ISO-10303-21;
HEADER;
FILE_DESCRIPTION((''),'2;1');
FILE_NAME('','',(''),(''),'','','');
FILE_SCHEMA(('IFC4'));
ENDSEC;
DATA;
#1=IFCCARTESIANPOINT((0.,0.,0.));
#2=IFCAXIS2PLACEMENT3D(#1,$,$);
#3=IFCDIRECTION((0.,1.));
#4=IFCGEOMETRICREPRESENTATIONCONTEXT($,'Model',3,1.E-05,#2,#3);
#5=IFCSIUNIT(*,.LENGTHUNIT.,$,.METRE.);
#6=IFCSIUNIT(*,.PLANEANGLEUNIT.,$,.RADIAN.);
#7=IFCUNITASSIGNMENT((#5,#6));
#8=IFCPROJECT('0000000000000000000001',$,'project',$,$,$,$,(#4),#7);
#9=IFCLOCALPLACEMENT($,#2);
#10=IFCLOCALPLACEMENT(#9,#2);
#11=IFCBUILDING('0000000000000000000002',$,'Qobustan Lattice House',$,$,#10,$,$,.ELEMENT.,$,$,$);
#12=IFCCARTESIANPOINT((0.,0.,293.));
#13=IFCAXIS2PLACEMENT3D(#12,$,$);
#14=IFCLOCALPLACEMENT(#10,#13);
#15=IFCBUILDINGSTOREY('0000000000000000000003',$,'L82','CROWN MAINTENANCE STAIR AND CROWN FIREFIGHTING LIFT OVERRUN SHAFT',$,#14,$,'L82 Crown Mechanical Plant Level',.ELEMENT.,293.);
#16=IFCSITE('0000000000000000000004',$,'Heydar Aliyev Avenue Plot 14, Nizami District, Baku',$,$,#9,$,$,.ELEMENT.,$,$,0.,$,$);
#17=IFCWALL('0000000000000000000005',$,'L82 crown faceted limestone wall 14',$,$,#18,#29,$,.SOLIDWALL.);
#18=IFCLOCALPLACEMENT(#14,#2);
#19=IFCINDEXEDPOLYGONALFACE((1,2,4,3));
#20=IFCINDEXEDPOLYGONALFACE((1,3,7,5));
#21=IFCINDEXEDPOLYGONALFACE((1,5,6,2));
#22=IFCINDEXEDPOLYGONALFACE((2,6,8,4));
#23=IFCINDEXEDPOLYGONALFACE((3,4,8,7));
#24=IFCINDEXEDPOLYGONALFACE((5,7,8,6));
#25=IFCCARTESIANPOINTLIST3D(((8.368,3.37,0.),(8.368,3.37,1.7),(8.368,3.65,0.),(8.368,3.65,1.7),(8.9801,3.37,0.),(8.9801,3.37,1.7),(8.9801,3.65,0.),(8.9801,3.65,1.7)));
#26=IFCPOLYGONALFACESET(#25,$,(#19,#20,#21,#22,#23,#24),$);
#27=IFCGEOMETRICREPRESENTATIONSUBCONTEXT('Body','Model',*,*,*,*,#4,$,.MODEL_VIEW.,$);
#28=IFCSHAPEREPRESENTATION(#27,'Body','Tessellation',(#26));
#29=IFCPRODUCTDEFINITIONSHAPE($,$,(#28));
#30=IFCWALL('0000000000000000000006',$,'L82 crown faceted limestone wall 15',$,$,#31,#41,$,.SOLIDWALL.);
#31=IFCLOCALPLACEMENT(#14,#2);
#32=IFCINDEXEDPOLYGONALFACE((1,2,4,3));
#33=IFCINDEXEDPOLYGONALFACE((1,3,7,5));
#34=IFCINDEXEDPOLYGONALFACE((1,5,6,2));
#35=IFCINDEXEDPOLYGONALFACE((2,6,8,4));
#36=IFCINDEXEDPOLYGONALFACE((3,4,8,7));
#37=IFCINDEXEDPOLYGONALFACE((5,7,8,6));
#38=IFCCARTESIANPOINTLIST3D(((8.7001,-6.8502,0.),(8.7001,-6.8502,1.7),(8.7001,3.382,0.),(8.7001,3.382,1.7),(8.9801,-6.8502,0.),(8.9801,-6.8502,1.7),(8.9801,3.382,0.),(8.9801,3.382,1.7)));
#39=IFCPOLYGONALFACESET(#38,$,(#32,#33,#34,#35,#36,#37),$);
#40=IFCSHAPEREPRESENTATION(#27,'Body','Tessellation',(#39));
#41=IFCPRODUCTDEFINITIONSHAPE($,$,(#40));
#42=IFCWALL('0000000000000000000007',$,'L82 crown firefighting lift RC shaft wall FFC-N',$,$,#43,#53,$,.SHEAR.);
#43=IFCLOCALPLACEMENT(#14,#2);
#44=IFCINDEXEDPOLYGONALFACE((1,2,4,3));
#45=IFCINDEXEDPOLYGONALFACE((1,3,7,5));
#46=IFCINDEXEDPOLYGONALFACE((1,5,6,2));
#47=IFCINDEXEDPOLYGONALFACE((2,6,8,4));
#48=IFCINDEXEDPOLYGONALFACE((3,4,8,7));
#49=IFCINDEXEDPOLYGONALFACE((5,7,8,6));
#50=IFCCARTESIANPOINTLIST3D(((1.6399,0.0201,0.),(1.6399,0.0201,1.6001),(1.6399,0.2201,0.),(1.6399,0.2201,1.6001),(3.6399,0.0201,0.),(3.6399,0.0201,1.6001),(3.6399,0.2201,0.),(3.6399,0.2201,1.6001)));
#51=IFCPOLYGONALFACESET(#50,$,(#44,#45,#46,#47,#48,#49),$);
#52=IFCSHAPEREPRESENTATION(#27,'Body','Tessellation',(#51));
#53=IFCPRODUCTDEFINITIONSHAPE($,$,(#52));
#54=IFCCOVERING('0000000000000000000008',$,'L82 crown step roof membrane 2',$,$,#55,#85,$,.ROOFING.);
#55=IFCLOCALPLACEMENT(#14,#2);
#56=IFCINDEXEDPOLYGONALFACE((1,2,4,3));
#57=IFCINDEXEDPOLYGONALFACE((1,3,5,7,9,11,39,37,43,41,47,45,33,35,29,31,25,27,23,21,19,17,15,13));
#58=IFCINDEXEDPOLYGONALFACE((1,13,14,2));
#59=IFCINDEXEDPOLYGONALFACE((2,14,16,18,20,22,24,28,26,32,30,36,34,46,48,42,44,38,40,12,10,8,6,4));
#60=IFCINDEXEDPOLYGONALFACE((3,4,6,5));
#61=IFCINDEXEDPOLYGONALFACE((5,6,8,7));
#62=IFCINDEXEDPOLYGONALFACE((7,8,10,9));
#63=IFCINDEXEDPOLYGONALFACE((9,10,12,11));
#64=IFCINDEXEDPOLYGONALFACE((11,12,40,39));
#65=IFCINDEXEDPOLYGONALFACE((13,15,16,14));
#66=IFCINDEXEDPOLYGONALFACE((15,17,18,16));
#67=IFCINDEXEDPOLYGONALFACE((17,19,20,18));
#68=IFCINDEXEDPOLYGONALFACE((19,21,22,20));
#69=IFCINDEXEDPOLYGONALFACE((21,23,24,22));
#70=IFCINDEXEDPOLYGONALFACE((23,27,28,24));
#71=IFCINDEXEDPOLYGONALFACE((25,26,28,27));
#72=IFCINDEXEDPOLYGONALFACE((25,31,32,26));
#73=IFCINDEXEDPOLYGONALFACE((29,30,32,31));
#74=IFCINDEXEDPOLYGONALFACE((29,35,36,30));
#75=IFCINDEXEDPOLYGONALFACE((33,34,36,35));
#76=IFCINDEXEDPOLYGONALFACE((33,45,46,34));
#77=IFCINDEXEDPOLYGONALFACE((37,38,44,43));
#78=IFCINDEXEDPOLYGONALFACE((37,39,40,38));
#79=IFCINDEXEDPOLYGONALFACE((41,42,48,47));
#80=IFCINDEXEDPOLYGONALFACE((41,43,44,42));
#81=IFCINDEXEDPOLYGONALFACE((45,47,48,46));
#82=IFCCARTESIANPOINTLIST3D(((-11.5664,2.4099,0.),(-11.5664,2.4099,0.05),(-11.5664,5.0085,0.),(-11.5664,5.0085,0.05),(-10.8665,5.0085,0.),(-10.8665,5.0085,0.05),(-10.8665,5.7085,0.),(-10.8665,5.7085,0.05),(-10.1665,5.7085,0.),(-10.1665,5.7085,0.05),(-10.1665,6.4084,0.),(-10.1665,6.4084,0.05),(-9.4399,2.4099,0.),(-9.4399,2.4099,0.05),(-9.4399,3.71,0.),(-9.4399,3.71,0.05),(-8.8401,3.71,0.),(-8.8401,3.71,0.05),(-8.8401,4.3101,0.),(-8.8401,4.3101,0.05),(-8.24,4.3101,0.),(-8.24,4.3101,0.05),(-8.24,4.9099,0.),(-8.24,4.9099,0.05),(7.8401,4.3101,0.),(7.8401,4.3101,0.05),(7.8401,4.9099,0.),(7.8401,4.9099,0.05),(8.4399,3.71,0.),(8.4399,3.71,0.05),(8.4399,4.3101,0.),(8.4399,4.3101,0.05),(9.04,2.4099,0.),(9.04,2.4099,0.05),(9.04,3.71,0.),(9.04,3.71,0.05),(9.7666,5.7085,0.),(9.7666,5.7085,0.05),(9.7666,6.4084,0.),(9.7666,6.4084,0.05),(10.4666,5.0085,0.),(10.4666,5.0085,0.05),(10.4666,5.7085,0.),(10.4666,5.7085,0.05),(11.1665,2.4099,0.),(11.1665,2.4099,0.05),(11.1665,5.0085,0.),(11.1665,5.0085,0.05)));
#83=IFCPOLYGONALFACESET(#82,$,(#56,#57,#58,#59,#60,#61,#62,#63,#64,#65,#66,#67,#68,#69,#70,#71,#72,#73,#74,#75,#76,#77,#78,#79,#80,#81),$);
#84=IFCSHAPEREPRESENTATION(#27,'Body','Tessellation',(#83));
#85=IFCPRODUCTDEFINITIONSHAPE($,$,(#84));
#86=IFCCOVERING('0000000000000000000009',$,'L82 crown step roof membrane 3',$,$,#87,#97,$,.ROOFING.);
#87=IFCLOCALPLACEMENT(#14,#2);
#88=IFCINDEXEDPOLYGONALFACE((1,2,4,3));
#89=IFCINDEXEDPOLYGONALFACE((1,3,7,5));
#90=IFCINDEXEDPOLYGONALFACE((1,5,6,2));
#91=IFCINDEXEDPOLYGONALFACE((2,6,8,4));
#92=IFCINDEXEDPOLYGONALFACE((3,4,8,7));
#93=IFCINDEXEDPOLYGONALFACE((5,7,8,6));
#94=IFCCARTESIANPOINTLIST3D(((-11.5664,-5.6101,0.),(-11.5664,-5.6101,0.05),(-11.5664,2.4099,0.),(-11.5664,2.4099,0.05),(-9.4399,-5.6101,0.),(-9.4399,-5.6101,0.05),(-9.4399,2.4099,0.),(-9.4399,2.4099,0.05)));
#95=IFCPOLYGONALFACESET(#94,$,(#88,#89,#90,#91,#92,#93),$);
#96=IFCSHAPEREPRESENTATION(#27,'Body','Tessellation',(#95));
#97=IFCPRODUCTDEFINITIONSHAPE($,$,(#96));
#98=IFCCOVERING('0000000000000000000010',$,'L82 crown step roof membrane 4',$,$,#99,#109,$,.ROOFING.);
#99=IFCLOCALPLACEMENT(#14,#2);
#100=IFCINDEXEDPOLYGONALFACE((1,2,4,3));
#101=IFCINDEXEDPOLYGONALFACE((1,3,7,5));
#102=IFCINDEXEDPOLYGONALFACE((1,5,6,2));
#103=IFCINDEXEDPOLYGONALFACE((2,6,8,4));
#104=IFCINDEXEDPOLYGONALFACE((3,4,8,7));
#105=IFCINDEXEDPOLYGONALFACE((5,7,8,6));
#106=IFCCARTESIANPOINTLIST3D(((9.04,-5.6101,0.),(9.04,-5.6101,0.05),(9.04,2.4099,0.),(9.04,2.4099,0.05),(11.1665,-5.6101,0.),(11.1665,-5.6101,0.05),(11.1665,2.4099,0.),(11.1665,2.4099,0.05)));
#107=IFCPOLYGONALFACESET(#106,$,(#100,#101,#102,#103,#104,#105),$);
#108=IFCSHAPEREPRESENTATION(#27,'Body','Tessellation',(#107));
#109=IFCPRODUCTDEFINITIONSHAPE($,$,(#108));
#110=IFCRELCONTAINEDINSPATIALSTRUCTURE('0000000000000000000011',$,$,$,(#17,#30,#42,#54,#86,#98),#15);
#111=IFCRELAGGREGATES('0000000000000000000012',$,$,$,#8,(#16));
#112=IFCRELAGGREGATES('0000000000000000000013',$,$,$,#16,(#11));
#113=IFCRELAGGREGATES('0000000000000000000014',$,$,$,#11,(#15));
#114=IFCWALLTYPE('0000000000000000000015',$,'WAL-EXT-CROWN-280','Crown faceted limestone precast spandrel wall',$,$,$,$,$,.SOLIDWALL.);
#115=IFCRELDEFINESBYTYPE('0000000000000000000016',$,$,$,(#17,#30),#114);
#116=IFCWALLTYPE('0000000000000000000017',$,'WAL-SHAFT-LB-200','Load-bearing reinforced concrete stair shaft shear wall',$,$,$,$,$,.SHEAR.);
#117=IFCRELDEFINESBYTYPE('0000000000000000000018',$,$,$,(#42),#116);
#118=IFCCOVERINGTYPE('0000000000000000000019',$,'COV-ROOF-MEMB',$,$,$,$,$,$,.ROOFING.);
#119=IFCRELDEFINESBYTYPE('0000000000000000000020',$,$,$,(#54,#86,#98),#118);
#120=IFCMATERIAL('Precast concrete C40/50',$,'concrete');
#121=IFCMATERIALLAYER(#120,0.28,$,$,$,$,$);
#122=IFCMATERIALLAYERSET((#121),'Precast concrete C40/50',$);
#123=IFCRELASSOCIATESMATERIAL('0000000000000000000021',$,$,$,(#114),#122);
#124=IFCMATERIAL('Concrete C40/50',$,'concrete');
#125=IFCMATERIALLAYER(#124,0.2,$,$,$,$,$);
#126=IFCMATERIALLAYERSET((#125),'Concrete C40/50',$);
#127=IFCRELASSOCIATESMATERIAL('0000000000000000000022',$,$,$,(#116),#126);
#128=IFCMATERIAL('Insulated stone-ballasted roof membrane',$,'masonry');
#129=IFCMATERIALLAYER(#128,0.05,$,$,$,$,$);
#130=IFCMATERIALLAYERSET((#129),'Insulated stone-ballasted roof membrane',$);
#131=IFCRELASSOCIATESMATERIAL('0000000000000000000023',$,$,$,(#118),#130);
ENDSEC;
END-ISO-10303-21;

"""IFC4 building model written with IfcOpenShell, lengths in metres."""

from ifc_helpers import new_model, si_unit, direction, frame, frame_2d, origin, place, context, subcontext, project, spatial, polyline, rectangle, outline, extrude, material, layer, layer_set, type_object, element, save


model = new_model("IFC4")

# Units and contexts
model_context = context("Model", 3, precision=1e-05, world=origin(), true_north=direction((0.0, 1.0)))
body_context = subcontext(model_context, "Body", "Model", "MODEL_VIEW")
ifc_project = project(units=[si_unit("LENGTHUNIT", "METRE"), si_unit("PLANEANGLEUNIT", "RADIAN")], contexts=[model_context])

# Site, building, storey
site_placement = place(None, origin())
site = spatial("IfcSite", under=ifc_project, at=site_placement, Name="Heydar Aliyev Avenue Plot 14, Nizami District, Baku", CompositionType="ELEMENT", RefElevation=0.0)
building_placement = place(site_placement, origin())
building = spatial("IfcBuilding", under=site, at=building_placement, Name="Qobustan Lattice House", CompositionType="ELEMENT")
storey_placement = place(building_placement, frame((0.0, 0.0, 293.0)))
storey = spatial("IfcBuildingStorey", under=building, at=storey_placement, Name="L82", Description="CROWN MAINTENANCE STAIR AND CROWN FIREFIGHTING LIFT OVERRUN SHAFT", LongName="L82 Crown Mechanical Plant Level", CompositionType="ELEMENT", Elevation=293.0)

# Walls
ifc_material_1 = material(Name="Precast concrete C40/50", Category="concrete")
ifc_layer_1 = layer(ifc_material_1, 0.28)
ifc_layer_set_1 = layer_set([ifc_layer_1], Name="Precast concrete C40/50")
wall_type_1 = type_object("IfcWallType", Name="WAL-EXT-CROWN-280", Description="Crown faceted limestone precast spandrel wall", PredefinedType="SOLIDWALL", material=ifc_layer_set_1)
wall_1_placement = place(storey_placement, frame((8.3679, 3.51, 0.0), z_axis=(0.0, 0.0, 1.0), x_axis=(1.0, 0.0, 0.0)))
element("IfcWall", 1, at=wall_1_placement, inside=storey, type_object=wall_type_1, Name="L82 crown faceted limestone wall 14", PredefinedType="SOLIDWALL", context=body_context, shape_type="SweptSolid", body=[
    extrude(rectangle(XDim=0.6121, YDim=0.28, at=frame_2d((0.3062, 0.0))), origin(), (0.0, 0.0, 1.0), 1.7),
])
wall_2_placement = place(storey_placement, frame((8.8401, 3.3821, 0.0), z_axis=(0.0, 0.0, 1.0), x_axis=(0.0, -1.0, 0.0)))
element("IfcWall", 2, at=wall_2_placement, inside=storey, type_object=wall_type_1, Name="L82 crown faceted limestone wall 15", PredefinedType="SOLIDWALL", context=body_context, shape_type="SweptSolid", body=[
    extrude(rectangle(XDim=10.2322, YDim=0.28, at=frame_2d((5.1162, 0.0))), origin(), (0.0, 0.0, 1.0), 1.7),
])
ifc_material_2 = material(Name="Concrete C40/50", Category="concrete")
ifc_layer_2 = layer(ifc_material_2, 0.2)
ifc_layer_set_2 = layer_set([ifc_layer_2], Name="Concrete C40/50")
wall_type_2 = type_object("IfcWallType", Name="WAL-SHAFT-LB-200", Description="Load-bearing reinforced concrete stair shaft shear wall", PredefinedType="SHEAR", material=ifc_layer_set_2)
wall_3_placement = place(storey_placement, frame((1.6399, 0.1201, 0.0), z_axis=(0.0, 0.0, 1.0), x_axis=(1.0, 0.0, 0.0)))
element("IfcWall", 3, at=wall_3_placement, inside=storey, type_object=wall_type_2, Name="L82 crown firefighting lift RC shaft wall FFC-N", PredefinedType="SHEAR", context=body_context, shape_type="SweptSolid", body=[
    extrude(rectangle(XDim=2.0, YDim=0.2, at=frame_2d((1.0, 0.0))), origin(), (0.0, 0.0, 1.0), 1.6001),
])

# Coverings
ifc_material_3 = material(Name="Insulated stone-ballasted roof membrane", Category="masonry")
ifc_layer_3 = layer(ifc_material_3, 0.05)
ifc_layer_set_3 = layer_set([ifc_layer_3], Name="Insulated stone-ballasted roof membrane")
covering_type = type_object("IfcCoveringType", Name="COV-ROOF-MEMB", PredefinedType="ROOFING", material=ifc_layer_set_3)
covering_1_placement = place(storey_placement, origin())
element("IfcCovering", 4, at=covering_1_placement, inside=storey, type_object=covering_type, Name="L82 crown step roof membrane 2", PredefinedType="ROOFING", context=body_context, shape_type="SweptSolid", body=[
    extrude(outline(polyline([(-11.5664, 2.4099), (-9.4399, 2.4099), (-9.4399, 3.71), (-8.8401, 3.71), (-8.8401, 4.3101), (-8.24, 4.3101), (-8.24, 4.9099), (7.8401, 4.9099), (7.8401, 4.3101), (8.4399, 4.3101), (8.4399, 3.71), (9.04, 3.71), (9.04, 2.4099), (11.1665, 2.4099), (11.1665, 5.0085), (10.4666, 5.0085), (10.4666, 5.7085), (9.7666, 5.7085), (9.7666, 6.4084), (-10.1665, 6.4084), (-10.1665, 5.7085), (-10.8665, 5.7085), (-10.8665, 5.0085), (-11.5664, 5.0085), (-11.5664, 2.4099)])), origin(), (0.0, 0.0, 1.0), 0.05),
])
covering_2_placement = place(storey_placement, origin())
element("IfcCovering", 5, at=covering_2_placement, inside=storey, type_object=covering_type, Name="L82 crown step roof membrane 3", PredefinedType="ROOFING", context=body_context, shape_type="SweptSolid", body=[
    extrude(outline(polyline([(-11.5664, -5.6101), (-9.4399, -5.6101), (-9.4399, 2.4099), (-11.5664, 2.4099), (-11.5664, -5.6101)])), origin(), (0.0, 0.0, 1.0), 0.05),
])
covering_3_placement = place(storey_placement, origin())
element("IfcCovering", 6, at=covering_3_placement, inside=storey, type_object=covering_type, Name="L82 crown step roof membrane 4", PredefinedType="ROOFING", context=body_context, shape_type="SweptSolid", body=[
    extrude(outline(polyline([(11.1665, 2.4099), (9.04, 2.4099), (9.04, -5.6101), (11.1665, -5.6101), (11.1665, 2.4099)])), origin(), (0.0, 0.0, 1.0), 0.05),
])

save(model, "model.ifc")
